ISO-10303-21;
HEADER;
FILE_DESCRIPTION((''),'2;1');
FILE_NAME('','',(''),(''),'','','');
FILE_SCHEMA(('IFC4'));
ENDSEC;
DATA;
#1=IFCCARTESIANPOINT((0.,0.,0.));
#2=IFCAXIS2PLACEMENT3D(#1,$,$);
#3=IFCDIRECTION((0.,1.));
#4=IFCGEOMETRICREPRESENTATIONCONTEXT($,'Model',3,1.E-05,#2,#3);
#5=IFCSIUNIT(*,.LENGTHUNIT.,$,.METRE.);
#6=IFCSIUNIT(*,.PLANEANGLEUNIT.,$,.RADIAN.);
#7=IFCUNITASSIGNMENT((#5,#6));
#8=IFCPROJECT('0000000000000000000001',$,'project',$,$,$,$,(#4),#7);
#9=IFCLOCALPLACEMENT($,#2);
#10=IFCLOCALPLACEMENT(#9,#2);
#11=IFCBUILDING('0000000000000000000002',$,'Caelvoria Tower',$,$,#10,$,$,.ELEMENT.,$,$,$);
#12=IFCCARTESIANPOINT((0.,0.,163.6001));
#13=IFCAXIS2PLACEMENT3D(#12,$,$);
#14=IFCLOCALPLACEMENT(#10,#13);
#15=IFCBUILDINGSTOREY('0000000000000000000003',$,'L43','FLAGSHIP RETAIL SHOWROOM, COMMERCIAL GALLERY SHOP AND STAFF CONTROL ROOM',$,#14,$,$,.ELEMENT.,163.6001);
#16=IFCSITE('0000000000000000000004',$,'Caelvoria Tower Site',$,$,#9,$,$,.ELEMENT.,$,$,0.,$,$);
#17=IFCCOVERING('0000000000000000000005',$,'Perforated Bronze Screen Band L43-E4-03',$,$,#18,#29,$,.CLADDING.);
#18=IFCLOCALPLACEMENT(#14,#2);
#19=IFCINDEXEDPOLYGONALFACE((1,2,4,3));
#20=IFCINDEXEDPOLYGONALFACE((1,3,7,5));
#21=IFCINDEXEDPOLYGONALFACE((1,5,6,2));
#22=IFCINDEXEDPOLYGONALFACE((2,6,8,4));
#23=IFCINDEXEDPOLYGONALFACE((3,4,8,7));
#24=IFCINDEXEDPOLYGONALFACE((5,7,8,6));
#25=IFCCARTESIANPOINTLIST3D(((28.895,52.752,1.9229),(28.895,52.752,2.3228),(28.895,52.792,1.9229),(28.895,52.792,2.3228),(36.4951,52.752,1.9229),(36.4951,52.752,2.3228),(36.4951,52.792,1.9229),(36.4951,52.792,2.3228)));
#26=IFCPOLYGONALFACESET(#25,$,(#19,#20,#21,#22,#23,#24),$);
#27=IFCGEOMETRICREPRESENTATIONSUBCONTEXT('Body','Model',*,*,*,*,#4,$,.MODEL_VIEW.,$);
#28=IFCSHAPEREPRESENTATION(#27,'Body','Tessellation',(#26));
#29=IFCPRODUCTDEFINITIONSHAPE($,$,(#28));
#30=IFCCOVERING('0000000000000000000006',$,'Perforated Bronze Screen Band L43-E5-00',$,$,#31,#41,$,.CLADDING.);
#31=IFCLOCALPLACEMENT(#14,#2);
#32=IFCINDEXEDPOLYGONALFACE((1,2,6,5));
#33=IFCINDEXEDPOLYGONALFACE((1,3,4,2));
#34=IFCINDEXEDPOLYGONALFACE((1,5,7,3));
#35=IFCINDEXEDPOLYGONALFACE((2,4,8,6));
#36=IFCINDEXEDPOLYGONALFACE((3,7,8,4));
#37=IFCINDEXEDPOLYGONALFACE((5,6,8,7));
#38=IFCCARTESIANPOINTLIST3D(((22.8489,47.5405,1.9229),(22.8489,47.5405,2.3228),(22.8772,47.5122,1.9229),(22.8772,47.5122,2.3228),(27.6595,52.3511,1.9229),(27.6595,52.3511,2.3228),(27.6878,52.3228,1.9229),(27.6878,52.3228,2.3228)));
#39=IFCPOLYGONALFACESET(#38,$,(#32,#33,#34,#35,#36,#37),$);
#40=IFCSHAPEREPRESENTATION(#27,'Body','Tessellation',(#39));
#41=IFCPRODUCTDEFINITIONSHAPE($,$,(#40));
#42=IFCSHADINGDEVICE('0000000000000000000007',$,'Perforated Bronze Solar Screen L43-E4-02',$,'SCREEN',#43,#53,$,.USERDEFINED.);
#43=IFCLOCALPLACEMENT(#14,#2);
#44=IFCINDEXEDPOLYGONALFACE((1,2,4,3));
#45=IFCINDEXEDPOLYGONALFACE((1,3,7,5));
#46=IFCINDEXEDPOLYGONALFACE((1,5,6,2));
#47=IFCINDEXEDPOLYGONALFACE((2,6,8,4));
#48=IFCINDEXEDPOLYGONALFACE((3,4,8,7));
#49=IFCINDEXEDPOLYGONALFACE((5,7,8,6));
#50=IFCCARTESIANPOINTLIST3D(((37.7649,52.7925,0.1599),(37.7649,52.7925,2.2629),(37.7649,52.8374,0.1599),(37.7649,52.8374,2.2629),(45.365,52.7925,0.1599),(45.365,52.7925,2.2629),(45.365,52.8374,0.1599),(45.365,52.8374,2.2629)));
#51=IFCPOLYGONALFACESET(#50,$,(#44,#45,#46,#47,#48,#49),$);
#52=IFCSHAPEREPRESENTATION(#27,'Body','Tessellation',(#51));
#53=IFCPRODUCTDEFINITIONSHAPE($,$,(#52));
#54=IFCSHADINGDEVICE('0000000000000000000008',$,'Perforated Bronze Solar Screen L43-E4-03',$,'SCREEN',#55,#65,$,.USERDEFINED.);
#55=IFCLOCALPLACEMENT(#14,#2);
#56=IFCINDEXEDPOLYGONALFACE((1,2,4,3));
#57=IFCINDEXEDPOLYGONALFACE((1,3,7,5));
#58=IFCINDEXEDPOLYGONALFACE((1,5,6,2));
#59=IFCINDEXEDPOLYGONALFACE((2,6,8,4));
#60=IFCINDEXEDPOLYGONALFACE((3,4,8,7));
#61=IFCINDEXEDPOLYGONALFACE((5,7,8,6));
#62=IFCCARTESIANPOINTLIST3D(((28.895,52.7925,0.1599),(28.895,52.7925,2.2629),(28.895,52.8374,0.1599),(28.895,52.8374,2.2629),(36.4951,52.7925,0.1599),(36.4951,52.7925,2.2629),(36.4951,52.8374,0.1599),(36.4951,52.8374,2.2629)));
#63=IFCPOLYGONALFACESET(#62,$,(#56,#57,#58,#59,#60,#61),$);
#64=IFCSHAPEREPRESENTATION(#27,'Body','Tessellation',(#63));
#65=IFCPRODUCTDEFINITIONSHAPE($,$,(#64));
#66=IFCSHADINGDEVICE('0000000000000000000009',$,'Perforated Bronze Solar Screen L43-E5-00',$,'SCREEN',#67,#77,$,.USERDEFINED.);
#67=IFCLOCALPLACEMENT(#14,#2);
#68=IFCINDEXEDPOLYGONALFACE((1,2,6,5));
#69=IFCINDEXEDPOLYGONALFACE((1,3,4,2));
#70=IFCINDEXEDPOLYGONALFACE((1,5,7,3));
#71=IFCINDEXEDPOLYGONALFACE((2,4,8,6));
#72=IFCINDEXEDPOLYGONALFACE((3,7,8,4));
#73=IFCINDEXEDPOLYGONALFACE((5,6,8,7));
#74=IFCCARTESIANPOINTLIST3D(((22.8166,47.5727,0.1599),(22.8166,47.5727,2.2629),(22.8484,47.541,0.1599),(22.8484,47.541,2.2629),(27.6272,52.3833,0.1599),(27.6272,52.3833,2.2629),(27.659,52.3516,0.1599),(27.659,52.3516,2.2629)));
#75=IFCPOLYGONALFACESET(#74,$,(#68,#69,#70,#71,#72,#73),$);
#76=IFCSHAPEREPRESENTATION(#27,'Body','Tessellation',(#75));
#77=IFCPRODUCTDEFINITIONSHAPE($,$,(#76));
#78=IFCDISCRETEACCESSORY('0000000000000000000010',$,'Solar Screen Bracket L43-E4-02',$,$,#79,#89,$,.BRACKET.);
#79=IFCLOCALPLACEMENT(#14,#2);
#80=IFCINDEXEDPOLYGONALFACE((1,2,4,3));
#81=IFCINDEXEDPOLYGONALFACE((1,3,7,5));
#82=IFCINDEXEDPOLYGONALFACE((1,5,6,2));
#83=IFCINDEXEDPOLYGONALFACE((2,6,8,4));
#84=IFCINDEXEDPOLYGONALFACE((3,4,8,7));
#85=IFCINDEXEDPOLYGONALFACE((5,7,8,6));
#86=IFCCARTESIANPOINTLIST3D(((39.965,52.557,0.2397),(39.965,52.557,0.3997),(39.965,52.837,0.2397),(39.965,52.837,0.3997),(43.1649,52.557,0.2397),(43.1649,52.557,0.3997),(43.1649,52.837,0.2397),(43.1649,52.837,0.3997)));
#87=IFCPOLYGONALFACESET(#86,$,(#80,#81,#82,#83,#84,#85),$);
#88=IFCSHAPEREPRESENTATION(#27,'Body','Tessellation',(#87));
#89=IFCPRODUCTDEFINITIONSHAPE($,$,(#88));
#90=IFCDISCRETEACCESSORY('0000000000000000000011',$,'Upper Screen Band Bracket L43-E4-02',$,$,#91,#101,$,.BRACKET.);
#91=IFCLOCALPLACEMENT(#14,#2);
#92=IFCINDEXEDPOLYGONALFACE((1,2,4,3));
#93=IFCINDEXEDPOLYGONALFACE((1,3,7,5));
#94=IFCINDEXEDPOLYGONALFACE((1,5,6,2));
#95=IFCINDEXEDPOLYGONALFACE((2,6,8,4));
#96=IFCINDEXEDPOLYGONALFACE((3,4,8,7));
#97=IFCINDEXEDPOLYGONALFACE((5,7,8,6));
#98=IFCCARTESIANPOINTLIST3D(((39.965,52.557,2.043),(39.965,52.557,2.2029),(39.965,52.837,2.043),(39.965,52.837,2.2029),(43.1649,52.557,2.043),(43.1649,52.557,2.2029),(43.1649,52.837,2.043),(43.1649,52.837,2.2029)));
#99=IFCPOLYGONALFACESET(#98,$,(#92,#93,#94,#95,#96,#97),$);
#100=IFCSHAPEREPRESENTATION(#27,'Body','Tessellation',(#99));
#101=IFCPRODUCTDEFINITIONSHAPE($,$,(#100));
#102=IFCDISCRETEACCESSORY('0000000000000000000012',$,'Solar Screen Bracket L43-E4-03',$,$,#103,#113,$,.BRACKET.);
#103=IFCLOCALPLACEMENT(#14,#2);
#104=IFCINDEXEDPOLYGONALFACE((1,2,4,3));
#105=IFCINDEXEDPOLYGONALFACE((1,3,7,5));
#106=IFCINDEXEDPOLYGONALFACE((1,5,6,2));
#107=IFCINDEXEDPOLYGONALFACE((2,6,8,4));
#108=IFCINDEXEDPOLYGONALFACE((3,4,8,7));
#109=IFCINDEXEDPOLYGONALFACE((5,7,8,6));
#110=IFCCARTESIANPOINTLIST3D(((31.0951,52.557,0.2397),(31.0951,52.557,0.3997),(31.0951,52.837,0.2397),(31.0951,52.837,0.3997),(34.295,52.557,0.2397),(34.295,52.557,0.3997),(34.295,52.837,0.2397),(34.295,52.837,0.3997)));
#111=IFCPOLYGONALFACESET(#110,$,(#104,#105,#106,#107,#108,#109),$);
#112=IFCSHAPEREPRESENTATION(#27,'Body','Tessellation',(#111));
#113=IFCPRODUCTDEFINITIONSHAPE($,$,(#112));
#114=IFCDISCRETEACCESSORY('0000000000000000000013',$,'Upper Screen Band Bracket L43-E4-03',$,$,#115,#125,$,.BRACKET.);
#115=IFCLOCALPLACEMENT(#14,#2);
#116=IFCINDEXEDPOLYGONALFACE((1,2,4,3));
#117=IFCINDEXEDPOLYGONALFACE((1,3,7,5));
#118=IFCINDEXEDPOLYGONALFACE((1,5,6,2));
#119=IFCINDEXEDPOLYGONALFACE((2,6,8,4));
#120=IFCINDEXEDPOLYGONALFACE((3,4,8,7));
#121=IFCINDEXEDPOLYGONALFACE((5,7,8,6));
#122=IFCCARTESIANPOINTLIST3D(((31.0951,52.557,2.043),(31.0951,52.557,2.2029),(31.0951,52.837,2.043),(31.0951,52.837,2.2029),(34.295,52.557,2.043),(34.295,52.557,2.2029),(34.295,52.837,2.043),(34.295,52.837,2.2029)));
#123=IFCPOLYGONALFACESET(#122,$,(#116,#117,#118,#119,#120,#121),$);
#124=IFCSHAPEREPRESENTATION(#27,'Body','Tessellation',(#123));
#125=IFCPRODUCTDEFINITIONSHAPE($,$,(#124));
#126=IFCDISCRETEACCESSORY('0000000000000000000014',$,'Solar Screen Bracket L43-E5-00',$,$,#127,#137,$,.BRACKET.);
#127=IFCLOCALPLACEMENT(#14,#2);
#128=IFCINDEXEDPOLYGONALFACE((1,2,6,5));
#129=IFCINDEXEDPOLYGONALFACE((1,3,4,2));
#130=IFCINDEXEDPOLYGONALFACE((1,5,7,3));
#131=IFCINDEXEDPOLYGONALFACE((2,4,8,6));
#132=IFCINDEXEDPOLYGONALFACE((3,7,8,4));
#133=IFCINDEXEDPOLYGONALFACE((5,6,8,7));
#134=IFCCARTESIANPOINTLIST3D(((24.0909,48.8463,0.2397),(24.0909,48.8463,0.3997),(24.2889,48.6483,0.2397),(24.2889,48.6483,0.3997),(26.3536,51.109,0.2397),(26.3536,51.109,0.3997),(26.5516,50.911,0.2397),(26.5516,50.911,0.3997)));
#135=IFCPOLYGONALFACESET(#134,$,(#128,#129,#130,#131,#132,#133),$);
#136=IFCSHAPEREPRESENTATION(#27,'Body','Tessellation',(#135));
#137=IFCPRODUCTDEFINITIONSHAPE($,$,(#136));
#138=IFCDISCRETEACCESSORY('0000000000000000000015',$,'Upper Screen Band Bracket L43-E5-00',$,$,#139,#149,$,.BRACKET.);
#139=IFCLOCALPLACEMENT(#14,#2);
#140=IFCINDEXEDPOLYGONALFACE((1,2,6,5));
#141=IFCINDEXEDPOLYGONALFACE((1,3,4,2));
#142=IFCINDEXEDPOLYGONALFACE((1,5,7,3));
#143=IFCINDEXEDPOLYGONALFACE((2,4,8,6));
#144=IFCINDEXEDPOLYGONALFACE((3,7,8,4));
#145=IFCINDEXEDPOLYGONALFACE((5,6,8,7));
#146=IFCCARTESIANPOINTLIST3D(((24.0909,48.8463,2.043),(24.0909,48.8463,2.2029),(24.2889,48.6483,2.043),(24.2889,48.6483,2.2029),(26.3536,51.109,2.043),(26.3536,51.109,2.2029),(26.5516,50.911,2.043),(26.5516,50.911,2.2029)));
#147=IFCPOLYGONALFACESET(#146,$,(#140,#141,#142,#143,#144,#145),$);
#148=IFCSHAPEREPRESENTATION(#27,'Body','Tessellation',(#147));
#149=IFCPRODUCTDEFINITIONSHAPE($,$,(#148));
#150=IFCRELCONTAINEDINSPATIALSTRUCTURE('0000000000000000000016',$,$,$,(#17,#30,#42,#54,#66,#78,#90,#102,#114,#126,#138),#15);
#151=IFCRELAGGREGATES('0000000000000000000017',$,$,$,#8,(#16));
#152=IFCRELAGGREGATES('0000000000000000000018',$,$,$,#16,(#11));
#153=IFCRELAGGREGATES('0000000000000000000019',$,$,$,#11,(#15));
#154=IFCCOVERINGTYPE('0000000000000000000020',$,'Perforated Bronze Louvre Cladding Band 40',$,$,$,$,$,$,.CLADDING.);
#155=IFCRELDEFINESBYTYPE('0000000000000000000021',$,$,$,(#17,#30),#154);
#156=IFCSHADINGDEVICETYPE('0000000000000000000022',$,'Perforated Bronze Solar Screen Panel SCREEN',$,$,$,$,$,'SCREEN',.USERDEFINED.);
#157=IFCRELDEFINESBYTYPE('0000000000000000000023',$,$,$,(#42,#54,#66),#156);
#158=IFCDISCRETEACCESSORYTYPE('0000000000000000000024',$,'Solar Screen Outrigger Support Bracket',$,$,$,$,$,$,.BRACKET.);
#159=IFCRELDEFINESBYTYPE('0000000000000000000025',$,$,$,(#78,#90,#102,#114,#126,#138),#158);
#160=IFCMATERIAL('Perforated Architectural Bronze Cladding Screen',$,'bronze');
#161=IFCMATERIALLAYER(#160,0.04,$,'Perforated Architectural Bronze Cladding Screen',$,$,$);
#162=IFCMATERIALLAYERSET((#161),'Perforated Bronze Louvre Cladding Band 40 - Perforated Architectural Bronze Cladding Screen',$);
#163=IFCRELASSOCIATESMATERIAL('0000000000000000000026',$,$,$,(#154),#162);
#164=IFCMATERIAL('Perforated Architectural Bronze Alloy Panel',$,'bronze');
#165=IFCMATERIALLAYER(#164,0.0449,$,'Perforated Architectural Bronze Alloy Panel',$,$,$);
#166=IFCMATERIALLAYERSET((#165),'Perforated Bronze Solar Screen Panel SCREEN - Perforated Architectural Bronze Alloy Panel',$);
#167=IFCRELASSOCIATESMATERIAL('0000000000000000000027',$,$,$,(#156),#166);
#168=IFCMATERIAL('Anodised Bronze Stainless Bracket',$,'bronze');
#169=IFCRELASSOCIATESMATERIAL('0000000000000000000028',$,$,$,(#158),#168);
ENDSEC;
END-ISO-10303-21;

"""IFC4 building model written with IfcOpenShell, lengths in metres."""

from ifc_helpers import new_model, si_unit, direction, frame, origin, origin_2d, place, context, subcontext, project, spatial, rectangle, extrude, material, layer, layer_set, type_object, element, save


model = new_model("IFC4")

# Units and contexts
model_context = context("Model", 3, precision=1e-05, world=origin(), true_north=direction((0.0, 1.0)))
body_context = subcontext(model_context, "Body", "Model", "MODEL_VIEW")
ifc_project = project(units=[si_unit("LENGTHUNIT", "METRE"), si_unit("PLANEANGLEUNIT", "RADIAN")], contexts=[model_context])

# Site, building, storey
site_placement = place(None, origin())
site = spatial("IfcSite", under=ifc_project, at=site_placement, Name="Caelvoria Tower Site", CompositionType="ELEMENT", RefElevation=0.0)
building_placement = place(site_placement, origin())
building = spatial("IfcBuilding", under=site, at=building_placement, Name="Caelvoria Tower", CompositionType="ELEMENT")
storey_placement = place(building_placement, frame((0.0, 0.0, 163.6001)))
storey = spatial("IfcBuildingStorey", under=building, at=storey_placement, Name="L43", Description="FLAGSHIP RETAIL SHOWROOM, COMMERCIAL GALLERY SHOP AND STAFF CONTROL ROOM", CompositionType="ELEMENT", Elevation=163.6001)

# Coverings
ifc_material_1 = material(Name="Perforated Architectural Bronze Cladding Screen", Category="bronze")
ifc_layer_1 = layer(ifc_material_1, 0.04, Name="Perforated Architectural Bronze Cladding Screen")
ifc_layer_set_1 = layer_set([ifc_layer_1], Name="Perforated Bronze Louvre Cladding Band 40 - Perforated Architectural Bronze Cladding Screen")
covering_type = type_object("IfcCoveringType", Name="Perforated Bronze Louvre Cladding Band 40", PredefinedType="CLADDING", material=ifc_layer_set_1)
for number, where, z_axis, x_axis, name in (
    (1, (32.6951, 52.772, 1.9229), (0.0, 0.0, 1.0), (-1.0, 0.0, 0.0), "Perforated Bronze Screen Band L43-E4-03"),
):
    element("IfcCovering", number, at=place(storey_placement, frame(where, z_axis=z_axis, x_axis=x_axis)), inside=storey, type_object=covering_type, Name=name, PredefinedType="CLADDING", context=body_context, shape_type="SweptSolid", body=[
        extrude(rectangle(XDim=7.6001, YDim=0.04, at=origin_2d()), origin(), (0.0, 0.0, 1.0), 0.3999),
    ])
covering_placement = place(storey_placement, frame((25.2683, 49.9316, 1.9229), z_axis=(0.0, 0.0, 1.0), x_axis=(-0.707107, -0.707107, 0.0)))
element("IfcCovering", 2, at=covering_placement, inside=storey, type_object=covering_type, Name="Perforated Bronze Screen Band L43-E5-00", PredefinedType="CLADDING", context=body_context, shape_type="SweptSolid", body=[
    extrude(rectangle(XDim=6.8032, YDim=0.04, at=origin_2d()), origin(), (0.0, 0.0, 1.0), 0.3999),
])

# Shading devices
ifc_material_2 = material(Name="Perforated Architectural Bronze Alloy Panel", Category="bronze")
ifc_layer_2 = layer(ifc_material_2, 0.0449, Name="Perforated Architectural Bronze Alloy Panel")
ifc_layer_set_2 = layer_set([ifc_layer_2], Name="Perforated Bronze Solar Screen Panel SCREEN - Perforated Architectural Bronze Alloy Panel")
shading_device_type = type_object("IfcShadingDeviceType", Name="Perforated Bronze Solar Screen Panel SCREEN", ElementType="SCREEN", PredefinedType="USERDEFINED", material=ifc_layer_set_2)
for number, where, z_axis, x_axis, name in (
    (3, (41.5649, 52.8149, 0.1599), (0.0, 0.0, 1.0), (-1.0, 0.0, 0.0), "Perforated Bronze Solar Screen L43-E4-02"),
    (4, (32.6951, 52.8149, 0.1599), (0.0, 0.0, 1.0), (-1.0, 0.0, 0.0), "Perforated Bronze Solar Screen L43-E4-03"),
):
    element("IfcShadingDevice", number, at=place(storey_placement, frame(where, z_axis=z_axis, x_axis=x_axis)), inside=storey, type_object=shading_device_type, Name=name, ObjectType="SCREEN", PredefinedType="USERDEFINED", context=body_context, shape_type="SweptSolid", body=[
        extrude(rectangle(XDim=7.6001, YDim=0.0449, at=origin_2d()), origin(), (0.0, 0.0, 1.0), 2.103),
    ])
shading_device_placement = place(storey_placement, frame((25.2378, 49.9622, 0.1599), z_axis=(0.0, 0.0, 1.0), x_axis=(-0.707107, -0.707107, 0.0)))
element("IfcShadingDevice", 5, at=shading_device_placement, inside=storey, type_object=shading_device_type, Name="Perforated Bronze Solar Screen L43-E5-00", ObjectType="SCREEN", PredefinedType="USERDEFINED", context=body_context, shape_type="SweptSolid", body=[
    extrude(rectangle(XDim=6.8032, YDim=0.0449, at=origin_2d()), origin(), (0.0, 0.0, 1.0), 2.103),
])

# Discrete accessories
ifc_material_3 = material(Name="Anodised Bronze Stainless Bracket", Category="bronze")
discrete_accessory_type = type_object("IfcDiscreteAccessoryType", Name="Solar Screen Outrigger Support Bracket", PredefinedType="BRACKET", material=ifc_material_3)
for number, where, z_axis, x_axis, name in (
    (6, (41.5649, 52.697, 0.2397), (0.0, 0.0, 1.0), (-1.0, 0.0, 0.0), "Solar Screen Bracket L43-E4-02"),
    (7, (41.5649, 52.697, 2.043), (0.0, 0.0, 1.0), (-1.0, 0.0, 0.0), "Upper Screen Band Bracket L43-E4-02"),
    (8, (32.6951, 52.697, 0.2397), (0.0, 0.0, 1.0), (-1.0, 0.0, 0.0), "Solar Screen Bracket L43-E4-03"),
    (9, (32.6951, 52.697, 2.043), (0.0, 0.0, 1.0), (-1.0, 0.0, 0.0), "Upper Screen Band Bracket L43-E4-03"),
    (10, (25.3213, 49.8787, 0.2397), (0.0, 0.0, 1.0), (-0.707107, -0.707107, 0.0), "Solar Screen Bracket L43-E5-00"),
    (11, (25.3213, 49.8787, 2.043), (0.0, 0.0, 1.0), (-0.707107, -0.707107, 0.0), "Upper Screen Band Bracket L43-E5-00"),
):
    element("IfcDiscreteAccessory", number, at=place(storey_placement, frame(where, z_axis=z_axis, x_axis=x_axis)), inside=storey, type_object=discrete_accessory_type, Name=name, PredefinedType="BRACKET", context=body_context, shape_type="SweptSolid", body=[
        extrude(rectangle(XDim=3.2, YDim=0.28, at=origin_2d()), origin(), (0.0, 0.0, 1.0), 0.1599),
    ])

save(model, "model.ifc")
